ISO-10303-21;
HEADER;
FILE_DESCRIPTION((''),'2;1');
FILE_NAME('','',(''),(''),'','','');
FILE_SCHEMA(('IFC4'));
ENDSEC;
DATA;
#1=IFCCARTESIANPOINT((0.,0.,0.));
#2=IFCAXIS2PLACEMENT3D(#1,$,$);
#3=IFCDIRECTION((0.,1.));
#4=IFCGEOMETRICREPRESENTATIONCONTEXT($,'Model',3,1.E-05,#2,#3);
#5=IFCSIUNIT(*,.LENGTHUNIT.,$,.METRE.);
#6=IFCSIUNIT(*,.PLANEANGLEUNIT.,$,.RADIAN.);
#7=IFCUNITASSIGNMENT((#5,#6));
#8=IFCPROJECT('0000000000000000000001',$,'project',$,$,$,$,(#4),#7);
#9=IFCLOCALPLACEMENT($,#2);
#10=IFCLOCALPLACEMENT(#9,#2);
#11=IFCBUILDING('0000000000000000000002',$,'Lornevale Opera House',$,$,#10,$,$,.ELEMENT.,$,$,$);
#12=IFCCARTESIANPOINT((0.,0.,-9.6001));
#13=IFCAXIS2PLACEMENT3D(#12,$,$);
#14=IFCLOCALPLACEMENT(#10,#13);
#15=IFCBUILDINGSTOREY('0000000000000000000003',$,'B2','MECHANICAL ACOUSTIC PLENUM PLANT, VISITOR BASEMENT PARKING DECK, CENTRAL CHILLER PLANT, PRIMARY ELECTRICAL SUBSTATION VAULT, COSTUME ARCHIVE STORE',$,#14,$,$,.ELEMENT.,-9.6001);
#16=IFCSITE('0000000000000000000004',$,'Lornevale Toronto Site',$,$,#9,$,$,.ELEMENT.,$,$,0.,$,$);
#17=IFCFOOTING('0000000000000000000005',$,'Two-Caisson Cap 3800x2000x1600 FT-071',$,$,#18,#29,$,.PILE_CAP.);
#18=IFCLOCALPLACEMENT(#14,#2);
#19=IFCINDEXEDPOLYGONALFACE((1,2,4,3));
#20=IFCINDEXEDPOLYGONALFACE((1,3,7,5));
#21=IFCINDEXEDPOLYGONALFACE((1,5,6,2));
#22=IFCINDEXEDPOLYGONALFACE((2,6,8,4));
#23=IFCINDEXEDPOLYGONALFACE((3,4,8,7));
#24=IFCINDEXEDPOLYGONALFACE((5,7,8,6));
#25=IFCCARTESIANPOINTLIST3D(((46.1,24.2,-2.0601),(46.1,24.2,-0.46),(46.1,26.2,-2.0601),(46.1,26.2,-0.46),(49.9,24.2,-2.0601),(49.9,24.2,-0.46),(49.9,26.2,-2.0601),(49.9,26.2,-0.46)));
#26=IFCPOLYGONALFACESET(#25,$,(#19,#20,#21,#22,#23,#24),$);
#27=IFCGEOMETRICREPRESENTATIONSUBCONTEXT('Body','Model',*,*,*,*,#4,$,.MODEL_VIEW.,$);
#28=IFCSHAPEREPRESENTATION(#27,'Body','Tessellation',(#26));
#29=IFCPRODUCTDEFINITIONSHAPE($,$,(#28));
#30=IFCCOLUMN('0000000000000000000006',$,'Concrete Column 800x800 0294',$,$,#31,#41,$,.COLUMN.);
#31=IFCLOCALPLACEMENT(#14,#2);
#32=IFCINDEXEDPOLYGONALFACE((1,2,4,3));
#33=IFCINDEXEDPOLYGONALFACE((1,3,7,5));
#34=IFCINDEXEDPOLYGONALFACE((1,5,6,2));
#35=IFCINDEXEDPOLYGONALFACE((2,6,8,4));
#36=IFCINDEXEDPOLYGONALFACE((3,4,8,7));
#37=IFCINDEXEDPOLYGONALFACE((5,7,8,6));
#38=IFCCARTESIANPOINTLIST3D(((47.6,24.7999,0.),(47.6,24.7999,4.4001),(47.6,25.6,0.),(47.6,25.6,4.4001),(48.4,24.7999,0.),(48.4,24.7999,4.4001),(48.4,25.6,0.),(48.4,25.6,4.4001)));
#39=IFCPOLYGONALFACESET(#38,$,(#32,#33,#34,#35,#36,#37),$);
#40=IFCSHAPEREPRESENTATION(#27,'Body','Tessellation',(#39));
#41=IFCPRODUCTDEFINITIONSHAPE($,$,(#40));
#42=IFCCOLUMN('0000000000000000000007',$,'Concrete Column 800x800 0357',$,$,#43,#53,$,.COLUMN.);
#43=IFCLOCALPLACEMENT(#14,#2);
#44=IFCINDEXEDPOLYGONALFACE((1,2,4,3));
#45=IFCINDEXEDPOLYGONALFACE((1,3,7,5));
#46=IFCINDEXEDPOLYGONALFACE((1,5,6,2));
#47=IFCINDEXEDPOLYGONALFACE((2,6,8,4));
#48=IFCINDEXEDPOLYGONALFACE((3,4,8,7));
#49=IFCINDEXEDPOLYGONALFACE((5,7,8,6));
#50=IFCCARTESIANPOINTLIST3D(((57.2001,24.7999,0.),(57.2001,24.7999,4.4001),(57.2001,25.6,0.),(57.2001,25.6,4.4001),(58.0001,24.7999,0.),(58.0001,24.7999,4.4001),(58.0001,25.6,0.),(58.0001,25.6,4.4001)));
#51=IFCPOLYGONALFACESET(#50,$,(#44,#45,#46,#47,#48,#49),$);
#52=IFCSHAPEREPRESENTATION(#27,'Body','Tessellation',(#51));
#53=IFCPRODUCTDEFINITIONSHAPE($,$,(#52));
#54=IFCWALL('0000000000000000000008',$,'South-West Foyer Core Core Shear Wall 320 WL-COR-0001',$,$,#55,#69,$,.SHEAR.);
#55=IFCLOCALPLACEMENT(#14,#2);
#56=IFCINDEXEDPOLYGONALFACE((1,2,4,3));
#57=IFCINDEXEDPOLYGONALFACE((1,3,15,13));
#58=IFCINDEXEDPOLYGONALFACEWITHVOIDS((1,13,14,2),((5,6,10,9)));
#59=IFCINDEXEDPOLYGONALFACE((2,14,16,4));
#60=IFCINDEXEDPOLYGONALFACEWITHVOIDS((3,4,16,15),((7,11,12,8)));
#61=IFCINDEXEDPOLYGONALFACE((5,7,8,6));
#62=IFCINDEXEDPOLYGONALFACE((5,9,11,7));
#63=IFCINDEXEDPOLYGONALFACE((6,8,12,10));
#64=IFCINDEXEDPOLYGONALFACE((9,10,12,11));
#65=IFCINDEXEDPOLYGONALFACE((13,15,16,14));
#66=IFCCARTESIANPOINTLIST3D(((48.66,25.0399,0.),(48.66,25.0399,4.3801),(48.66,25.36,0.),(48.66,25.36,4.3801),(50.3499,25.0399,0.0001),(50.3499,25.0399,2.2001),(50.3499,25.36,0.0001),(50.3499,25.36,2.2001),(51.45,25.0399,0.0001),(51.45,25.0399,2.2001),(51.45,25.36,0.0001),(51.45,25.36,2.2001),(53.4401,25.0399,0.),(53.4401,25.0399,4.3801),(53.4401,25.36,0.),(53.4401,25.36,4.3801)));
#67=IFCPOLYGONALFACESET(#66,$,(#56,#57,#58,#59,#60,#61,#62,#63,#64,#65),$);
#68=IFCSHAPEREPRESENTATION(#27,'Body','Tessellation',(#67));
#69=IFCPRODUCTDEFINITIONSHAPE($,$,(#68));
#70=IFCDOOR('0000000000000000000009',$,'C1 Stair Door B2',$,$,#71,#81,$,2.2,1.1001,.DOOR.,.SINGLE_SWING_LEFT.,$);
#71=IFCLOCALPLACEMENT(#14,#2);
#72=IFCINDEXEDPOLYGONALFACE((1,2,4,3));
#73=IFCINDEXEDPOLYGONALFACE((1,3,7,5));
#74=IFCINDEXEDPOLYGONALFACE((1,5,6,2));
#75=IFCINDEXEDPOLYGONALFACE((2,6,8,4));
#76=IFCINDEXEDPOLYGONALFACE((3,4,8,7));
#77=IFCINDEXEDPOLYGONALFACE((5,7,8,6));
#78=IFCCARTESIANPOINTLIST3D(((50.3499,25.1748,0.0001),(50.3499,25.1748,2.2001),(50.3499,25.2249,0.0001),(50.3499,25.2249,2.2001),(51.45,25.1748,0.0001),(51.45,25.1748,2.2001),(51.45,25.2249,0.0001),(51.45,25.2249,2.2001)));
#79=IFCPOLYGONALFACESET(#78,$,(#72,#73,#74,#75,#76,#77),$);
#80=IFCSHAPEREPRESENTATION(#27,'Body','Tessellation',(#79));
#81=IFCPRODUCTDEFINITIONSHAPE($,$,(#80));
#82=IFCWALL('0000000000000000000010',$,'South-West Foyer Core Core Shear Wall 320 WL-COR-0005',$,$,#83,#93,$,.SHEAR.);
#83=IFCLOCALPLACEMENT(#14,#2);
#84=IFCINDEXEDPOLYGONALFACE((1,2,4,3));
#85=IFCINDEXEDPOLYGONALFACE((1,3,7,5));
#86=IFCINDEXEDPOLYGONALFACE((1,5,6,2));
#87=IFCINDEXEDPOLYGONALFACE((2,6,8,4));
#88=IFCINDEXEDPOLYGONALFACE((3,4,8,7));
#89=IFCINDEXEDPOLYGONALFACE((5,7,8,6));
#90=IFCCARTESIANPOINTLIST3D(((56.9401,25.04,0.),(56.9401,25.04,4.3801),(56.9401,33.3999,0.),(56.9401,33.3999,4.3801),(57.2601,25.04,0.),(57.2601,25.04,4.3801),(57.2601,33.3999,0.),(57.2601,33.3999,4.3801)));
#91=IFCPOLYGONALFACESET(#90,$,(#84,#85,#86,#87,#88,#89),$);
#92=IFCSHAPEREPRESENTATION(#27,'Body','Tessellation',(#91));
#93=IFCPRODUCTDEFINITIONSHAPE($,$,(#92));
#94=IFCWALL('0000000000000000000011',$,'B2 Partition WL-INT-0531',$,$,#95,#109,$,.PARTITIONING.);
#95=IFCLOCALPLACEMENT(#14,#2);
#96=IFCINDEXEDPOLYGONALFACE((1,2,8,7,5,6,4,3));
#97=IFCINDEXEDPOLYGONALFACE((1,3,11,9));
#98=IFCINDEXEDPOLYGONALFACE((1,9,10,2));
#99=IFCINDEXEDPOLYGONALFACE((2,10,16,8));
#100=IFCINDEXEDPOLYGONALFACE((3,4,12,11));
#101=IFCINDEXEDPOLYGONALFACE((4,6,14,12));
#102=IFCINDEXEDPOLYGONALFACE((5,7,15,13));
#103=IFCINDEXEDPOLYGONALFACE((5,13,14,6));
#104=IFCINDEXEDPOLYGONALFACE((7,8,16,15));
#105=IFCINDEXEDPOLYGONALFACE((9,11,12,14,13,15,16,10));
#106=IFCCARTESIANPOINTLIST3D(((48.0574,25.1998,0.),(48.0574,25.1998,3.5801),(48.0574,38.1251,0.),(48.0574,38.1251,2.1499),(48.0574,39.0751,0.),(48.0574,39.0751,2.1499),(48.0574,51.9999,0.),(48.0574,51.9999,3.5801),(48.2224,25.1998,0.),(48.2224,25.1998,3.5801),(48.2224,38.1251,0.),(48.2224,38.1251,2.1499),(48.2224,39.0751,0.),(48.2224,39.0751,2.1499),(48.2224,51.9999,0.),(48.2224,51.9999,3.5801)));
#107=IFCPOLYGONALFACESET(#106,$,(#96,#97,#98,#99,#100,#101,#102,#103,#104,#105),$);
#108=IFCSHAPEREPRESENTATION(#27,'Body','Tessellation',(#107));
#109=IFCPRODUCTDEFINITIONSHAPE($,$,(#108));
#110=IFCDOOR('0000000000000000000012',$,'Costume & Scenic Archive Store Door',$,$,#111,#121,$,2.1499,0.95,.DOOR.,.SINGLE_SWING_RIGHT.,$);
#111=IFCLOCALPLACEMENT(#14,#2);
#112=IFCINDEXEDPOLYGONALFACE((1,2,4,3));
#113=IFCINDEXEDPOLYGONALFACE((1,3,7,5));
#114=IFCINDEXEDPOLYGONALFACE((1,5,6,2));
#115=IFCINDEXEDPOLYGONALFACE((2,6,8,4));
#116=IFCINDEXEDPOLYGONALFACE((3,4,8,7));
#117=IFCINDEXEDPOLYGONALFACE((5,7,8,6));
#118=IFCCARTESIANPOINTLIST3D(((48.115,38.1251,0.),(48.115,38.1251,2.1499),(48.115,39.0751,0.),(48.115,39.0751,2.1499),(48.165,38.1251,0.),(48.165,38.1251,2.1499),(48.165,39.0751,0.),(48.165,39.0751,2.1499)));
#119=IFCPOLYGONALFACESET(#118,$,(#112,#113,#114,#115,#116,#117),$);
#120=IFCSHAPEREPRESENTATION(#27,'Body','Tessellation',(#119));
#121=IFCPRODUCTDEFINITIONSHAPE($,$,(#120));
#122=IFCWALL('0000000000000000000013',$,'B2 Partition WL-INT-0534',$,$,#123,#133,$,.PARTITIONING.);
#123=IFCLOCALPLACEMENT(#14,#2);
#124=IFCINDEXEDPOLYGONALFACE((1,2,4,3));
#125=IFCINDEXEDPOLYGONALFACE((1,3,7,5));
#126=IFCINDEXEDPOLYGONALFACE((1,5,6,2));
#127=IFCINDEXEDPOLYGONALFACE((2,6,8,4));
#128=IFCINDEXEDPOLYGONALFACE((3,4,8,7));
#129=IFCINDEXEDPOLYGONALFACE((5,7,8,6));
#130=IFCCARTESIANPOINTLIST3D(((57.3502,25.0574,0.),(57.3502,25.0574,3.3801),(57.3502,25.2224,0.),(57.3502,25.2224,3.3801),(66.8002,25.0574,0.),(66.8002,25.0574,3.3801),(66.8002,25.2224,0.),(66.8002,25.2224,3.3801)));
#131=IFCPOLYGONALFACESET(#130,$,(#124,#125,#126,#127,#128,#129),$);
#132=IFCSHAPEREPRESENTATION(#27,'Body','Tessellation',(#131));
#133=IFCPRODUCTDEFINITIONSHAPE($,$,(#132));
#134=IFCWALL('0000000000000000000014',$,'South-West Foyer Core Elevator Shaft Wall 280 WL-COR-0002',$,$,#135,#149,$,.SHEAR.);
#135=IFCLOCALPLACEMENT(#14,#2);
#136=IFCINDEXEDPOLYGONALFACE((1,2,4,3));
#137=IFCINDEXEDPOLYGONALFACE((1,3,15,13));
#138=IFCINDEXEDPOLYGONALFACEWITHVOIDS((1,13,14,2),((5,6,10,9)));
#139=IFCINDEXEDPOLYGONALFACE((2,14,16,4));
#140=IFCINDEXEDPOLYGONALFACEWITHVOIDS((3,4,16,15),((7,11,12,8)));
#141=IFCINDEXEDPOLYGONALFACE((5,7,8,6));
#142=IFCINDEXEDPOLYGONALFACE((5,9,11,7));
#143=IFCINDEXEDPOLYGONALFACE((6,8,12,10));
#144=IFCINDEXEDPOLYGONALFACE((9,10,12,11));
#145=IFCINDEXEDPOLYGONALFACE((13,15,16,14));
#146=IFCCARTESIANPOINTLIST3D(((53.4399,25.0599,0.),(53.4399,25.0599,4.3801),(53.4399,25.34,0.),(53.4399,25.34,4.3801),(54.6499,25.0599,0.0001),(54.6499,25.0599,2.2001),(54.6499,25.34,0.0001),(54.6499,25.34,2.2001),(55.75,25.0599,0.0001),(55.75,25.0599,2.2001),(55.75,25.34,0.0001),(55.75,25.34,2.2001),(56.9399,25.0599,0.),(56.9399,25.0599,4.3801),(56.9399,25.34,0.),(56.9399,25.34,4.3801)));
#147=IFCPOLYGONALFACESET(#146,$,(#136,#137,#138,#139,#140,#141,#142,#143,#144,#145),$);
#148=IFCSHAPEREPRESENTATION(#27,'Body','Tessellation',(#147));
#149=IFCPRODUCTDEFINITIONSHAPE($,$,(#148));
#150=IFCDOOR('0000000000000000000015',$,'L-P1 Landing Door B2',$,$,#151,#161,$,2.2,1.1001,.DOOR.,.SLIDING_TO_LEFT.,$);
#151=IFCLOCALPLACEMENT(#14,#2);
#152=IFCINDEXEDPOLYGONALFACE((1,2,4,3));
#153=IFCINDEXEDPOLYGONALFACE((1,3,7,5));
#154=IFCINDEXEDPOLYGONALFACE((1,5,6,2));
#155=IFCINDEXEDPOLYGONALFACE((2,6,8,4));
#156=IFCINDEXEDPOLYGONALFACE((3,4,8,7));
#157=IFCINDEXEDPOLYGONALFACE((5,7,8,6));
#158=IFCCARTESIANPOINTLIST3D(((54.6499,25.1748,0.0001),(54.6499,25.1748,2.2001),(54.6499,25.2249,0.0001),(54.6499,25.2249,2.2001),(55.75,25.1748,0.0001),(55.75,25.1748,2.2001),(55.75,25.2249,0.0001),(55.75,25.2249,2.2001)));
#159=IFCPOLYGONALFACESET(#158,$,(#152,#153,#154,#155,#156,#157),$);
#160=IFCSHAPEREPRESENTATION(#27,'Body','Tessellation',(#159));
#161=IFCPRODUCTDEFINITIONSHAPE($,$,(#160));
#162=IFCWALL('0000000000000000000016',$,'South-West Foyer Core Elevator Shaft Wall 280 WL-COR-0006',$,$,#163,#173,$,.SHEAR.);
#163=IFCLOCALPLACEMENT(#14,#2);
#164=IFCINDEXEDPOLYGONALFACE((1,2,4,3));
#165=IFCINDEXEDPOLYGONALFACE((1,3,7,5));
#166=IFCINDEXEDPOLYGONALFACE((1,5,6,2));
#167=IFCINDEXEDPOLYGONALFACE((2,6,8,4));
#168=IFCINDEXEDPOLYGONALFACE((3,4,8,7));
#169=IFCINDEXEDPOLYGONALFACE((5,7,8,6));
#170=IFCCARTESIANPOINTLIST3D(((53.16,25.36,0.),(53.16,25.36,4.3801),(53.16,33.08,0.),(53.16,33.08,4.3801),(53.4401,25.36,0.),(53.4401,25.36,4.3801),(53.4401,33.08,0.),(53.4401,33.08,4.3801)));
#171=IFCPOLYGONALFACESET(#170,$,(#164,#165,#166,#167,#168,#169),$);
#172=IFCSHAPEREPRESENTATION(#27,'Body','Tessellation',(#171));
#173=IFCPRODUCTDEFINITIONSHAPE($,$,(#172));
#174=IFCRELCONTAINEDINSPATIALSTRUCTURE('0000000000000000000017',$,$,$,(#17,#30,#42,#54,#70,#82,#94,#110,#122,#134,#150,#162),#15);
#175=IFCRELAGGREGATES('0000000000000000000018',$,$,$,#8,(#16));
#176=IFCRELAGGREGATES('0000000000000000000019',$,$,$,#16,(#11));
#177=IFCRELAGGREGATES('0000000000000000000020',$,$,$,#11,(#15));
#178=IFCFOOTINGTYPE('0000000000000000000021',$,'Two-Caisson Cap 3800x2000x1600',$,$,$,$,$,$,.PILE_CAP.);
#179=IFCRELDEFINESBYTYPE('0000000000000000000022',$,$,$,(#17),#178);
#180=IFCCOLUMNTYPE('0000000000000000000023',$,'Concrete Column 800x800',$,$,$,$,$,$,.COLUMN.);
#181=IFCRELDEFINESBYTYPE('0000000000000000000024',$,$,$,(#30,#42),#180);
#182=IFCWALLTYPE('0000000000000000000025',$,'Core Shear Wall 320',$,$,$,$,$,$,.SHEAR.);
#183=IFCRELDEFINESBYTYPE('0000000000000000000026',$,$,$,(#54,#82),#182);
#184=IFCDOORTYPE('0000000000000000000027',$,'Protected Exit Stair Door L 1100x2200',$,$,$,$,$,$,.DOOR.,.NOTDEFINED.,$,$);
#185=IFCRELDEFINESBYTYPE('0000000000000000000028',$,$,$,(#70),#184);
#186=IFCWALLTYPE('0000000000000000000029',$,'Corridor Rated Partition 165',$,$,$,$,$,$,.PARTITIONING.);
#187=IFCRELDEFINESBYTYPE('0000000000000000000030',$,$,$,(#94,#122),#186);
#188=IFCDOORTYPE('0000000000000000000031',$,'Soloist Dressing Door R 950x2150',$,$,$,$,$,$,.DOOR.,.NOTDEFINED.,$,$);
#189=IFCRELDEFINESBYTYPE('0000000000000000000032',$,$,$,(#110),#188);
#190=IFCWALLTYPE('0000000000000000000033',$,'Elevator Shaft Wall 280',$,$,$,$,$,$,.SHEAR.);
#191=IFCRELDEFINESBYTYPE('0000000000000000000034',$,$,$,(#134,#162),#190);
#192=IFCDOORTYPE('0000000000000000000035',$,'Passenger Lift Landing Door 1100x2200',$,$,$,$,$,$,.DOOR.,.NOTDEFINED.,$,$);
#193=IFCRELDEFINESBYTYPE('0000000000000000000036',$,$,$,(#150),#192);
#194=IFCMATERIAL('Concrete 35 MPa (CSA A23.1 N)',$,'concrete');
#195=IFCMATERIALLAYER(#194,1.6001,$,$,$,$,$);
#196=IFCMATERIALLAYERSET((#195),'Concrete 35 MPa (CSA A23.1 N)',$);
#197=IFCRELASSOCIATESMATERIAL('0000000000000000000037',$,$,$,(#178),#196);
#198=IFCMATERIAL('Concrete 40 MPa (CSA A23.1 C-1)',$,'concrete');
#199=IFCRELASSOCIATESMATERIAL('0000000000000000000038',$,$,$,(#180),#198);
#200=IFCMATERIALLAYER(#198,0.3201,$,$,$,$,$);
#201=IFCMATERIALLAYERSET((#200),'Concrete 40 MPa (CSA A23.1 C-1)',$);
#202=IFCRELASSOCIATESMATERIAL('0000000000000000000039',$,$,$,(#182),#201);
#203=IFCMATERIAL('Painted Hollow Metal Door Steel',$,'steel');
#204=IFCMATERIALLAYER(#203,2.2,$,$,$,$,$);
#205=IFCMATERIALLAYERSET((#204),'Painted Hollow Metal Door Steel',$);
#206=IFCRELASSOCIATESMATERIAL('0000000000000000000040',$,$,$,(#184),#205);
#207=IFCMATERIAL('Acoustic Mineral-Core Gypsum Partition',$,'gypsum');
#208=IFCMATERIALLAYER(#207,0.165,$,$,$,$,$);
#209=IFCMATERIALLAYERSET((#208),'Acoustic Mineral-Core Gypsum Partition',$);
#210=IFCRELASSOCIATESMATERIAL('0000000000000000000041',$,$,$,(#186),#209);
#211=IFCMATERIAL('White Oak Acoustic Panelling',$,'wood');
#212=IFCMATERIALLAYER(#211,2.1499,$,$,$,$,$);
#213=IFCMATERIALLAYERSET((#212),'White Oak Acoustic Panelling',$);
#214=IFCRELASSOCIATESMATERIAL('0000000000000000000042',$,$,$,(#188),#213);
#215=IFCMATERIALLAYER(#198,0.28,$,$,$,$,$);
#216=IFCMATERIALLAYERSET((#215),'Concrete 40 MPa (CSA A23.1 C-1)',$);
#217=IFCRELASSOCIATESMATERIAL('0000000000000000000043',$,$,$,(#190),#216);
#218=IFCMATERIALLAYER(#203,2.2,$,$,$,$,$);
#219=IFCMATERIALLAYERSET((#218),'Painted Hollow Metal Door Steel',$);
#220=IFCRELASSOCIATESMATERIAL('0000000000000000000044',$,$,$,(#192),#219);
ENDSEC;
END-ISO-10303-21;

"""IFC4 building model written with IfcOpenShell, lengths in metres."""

from ifc_helpers import new_model, si_unit, direction, frame, frame_2d, origin, origin_2d, place, context, subcontext, project, spatial, rectangle, extrude, material, layer, layer_set, material_profile, profile_set, type_object, element, fill, save


model = new_model("IFC4")

# Units and contexts
model_context = context("Model", 3, precision=1e-05, world=origin(), true_north=direction((0.0, 1.0)))
body_context = subcontext(model_context, "Body", "Model", "MODEL_VIEW")
ifc_project = project(units=[si_unit("LENGTHUNIT", "METRE"), si_unit("PLANEANGLEUNIT", "RADIAN")], contexts=[model_context])

# Site, building, storey
site_placement = place(None, origin())
site = spatial("IfcSite", under=ifc_project, at=site_placement, Name="Lornevale Toronto Site", CompositionType="ELEMENT", RefElevation=0.0)
building_placement = place(site_placement, origin())
building = spatial("IfcBuilding", under=site, at=building_placement, Name="Lornevale Opera House", CompositionType="ELEMENT")
storey_placement = place(building_placement, frame((0.0, 0.0, -9.6001)))
storey = spatial("IfcBuildingStorey", under=building, at=storey_placement, Name="B2", Description="MECHANICAL ACOUSTIC PLENUM PLANT, VISITOR BASEMENT PARKING DECK, CENTRAL CHILLER PLANT, PRIMARY ELECTRICAL SUBSTATION VAULT, COSTUME ARCHIVE STORE", CompositionType="ELEMENT", Elevation=-9.6001)

# Shared definitions
ifc_material_1 = material(Name="Concrete 40 MPa (CSA A23.1 C-1)", Category="concrete")

# Footing
ifc_material_2 = material(Name="Concrete 35 MPa (CSA A23.1 N)", Category="concrete")
ifc_layer_1 = layer(ifc_material_2, 1.6001)
ifc_layer_set_1 = layer_set([ifc_layer_1], Name="Concrete 35 MPa (CSA A23.1 N)")
footing_type_1 = type_object("IfcFootingType", Name="Two-Caisson Cap 3800x2000x1600", PredefinedType="PILE_CAP", material=ifc_layer_set_1)
footing_1_placement = place(storey_placement, frame((48.0, 25.2, -2.0601), z_axis=(0.0, 0.0, 1.0), x_axis=(1.0, 0.0, 0.0)))
element("IfcFooting", 1, at=footing_1_placement, inside=storey, type_object=footing_type_1, Name="Two-Caisson Cap 3800x2000x1600 FT-071", PredefinedType="PILE_CAP", context=body_context, shape_type="SweptSolid", body=[
    extrude(rectangle(XDim=3.8, YDim=2.0, at=origin_2d()), origin(), (0.0, 0.0, 1.0), 1.6001),
])

# Columns
ifc_material_profile_1 = material_profile(ifc_material_1, rectangle(XDim=0.8, YDim=0.8, at=origin_2d()), Name="RC800x800")
ifc_profile_set_1 = profile_set([ifc_material_profile_1], Name="Concrete 40 MPa (CSA A23.1 C-1)")
column_type = type_object("IfcColumnType", Name="Concrete Column 800x800", PredefinedType="COLUMN", material=ifc_profile_set_1)
for number, where, z_axis, x_axis, name in (
    (2, (48.0, 25.2, 0.0), (0.0, 0.0, 1.0), (1.0, 0.0, 0.0), "Concrete Column 800x800 0294"),
    (3, (57.6001, 25.2, 0.0), (0.0, 0.0, 1.0), (1.0, 0.0, 0.0), "Concrete Column 800x800 0357"),
):
    element("IfcColumn", number, at=place(storey_placement, frame(where, z_axis=z_axis, x_axis=x_axis)), inside=storey, type_object=column_type, Name=name, PredefinedType="COLUMN", context=body_context, shape_type="SweptSolid", body=[
        extrude(rectangle(XDim=0.8, YDim=0.8, at=origin_2d()), origin(), (0.0, 0.0, 1.0), 4.4001),
    ])

# Wall, opening, door
ifc_layer_2 = layer(ifc_material_1, 0.3201)
ifc_layer_set_2 = layer_set([ifc_layer_2], Name="Concrete 40 MPa (CSA A23.1 C-1)")
wall_type_1 = type_object("IfcWallType", Name="Core Shear Wall 320", PredefinedType="SHEAR", material=ifc_layer_set_2)
wall_1_placement = place(storey_placement, frame((48.6599, 25.2, 0.0), z_axis=(0.0, 0.0, 1.0), x_axis=(1.0, 0.0, 0.0)))
wall_1 = element("IfcWall", 4, at=wall_1_placement, inside=storey, type_object=wall_type_1, Name="South-West Foyer Core Core Shear Wall 320 WL-COR-0001", PredefinedType="SHEAR", context=body_context, shape_type="SweptSolid", body=[
    extrude(rectangle(XDim=4.78, YDim=0.3201, at=frame_2d((2.3901, 0.0))), origin(), (0.0, 0.0, 1.0), 4.3801),
])
opening_1_placement = place(wall_1_placement, frame((1.6899, 0.0, 0.0)))
opening_1 = element("IfcOpeningElement", 5, at=opening_1_placement, cuts=wall_1, PredefinedType="OPENING", context=body_context, shape_type="SweptSolid", body=[
    extrude(rectangle(XDim=1.1001, YDim=2.2, at=frame_2d((0.55, 1.1001))), frame((0.0, 0.1699, 0.0), z_axis=(0.0, -1.0, 0.0), x_axis=(1.0, 0.0, 0.0)), (0.0, 0.0, 1.0), 0.3401),
])
ifc_material_3 = material(Name="Painted Hollow Metal Door Steel", Category="steel")
ifc_layer_3 = layer(ifc_material_3, 2.2)
ifc_layer_set_3 = layer_set([ifc_layer_3], Name="Painted Hollow Metal Door Steel")
door_type_1 = type_object("IfcDoorType", Name="Protected Exit Stair Door L 1100x2200", OperationType="NOTDEFINED", PredefinedType="DOOR", material=ifc_layer_set_3)
door_1_placement = place(opening_1_placement, origin())
door_1 = element("IfcDoor", 6, at=door_1_placement, inside=storey, type_object=door_type_1, Name="C1 Stair Door B2", OperationType="SINGLE_SWING_LEFT", OverallHeight=2.2, OverallWidth=1.1001, PredefinedType="DOOR", context=body_context, shape_type="SweptSolid", body=[
    extrude(rectangle(XDim=1.1001, YDim=2.2, at=frame_2d((0.55, 1.1001))), frame((0.0, 0.0249, 0.0), z_axis=(0.0, -1.0, 0.0), x_axis=(1.0, 0.0, 0.0)), (0.0, 0.0, 1.0), 0.05),
])
fill(opening_1, door_1)

# Wall
wall_2_placement = place(storey_placement, frame((57.1001, 25.04, 0.0), z_axis=(0.0, 0.0, 1.0), x_axis=(0.0, 1.0, 0.0)))
element("IfcWall", 7, at=wall_2_placement, inside=storey, type_object=wall_type_1, Name="South-West Foyer Core Core Shear Wall 320 WL-COR-0005", PredefinedType="SHEAR", context=body_context, shape_type="SweptSolid", body=[
    extrude(rectangle(XDim=8.3599, YDim=0.3201, at=frame_2d((4.1799, 0.0))), origin(), (0.0, 0.0, 1.0), 4.3801),
])

# Wall, opening, door
ifc_material_4 = material(Name="Acoustic Mineral-Core Gypsum Partition", Category="gypsum")
ifc_layer_4 = layer(ifc_material_4, 0.165)
ifc_layer_set_4 = layer_set([ifc_layer_4], Name="Acoustic Mineral-Core Gypsum Partition")
wall_type_2 = type_object("IfcWallType", Name="Corridor Rated Partition 165", PredefinedType="PARTITIONING", material=ifc_layer_set_4)
wall_3_placement = place(storey_placement, frame((48.1399, 25.2, 0.0), z_axis=(0.0, 0.0, 1.0), x_axis=(0.0, 1.0, 0.0)))
wall_3 = element("IfcWall", 8, at=wall_3_placement, inside=storey, type_object=wall_type_2, Name="B2 Partition WL-INT-0531", PredefinedType="PARTITIONING", context=body_context, shape_type="SweptSolid", body=[
    extrude(rectangle(XDim=26.8, YDim=0.165, at=frame_2d((13.3999, 0.0))), origin(), (0.0, 0.0, 1.0), 3.5801),
])
opening_2_placement = place(wall_3_placement, frame((12.925, 0.0, 0.0)))
opening_2 = element("IfcOpeningElement", 9, at=opening_2_placement, cuts=wall_3, PredefinedType="OPENING", context=body_context, shape_type="SweptSolid", body=[
    extrude(rectangle(XDim=0.95, YDim=2.1499, at=frame_2d((0.4751, 1.075))), frame((0.0, 0.0925, 0.0), z_axis=(0.0, -1.0, 0.0), x_axis=(1.0, 0.0, 0.0)), (0.0, 0.0, 1.0), 0.1851),
])
ifc_material_5 = material(Name="White Oak Acoustic Panelling", Category="wood")
ifc_layer_5 = layer(ifc_material_5, 2.1499)
ifc_layer_set_5 = layer_set([ifc_layer_5], Name="White Oak Acoustic Panelling")
door_type_2 = type_object("IfcDoorType", Name="Soloist Dressing Door R 950x2150", OperationType="NOTDEFINED", PredefinedType="DOOR", material=ifc_layer_set_5)
door_2_placement = place(opening_2_placement, origin())
door_2 = element("IfcDoor", 10, at=door_2_placement, inside=storey, type_object=door_type_2, Name="Costume & Scenic Archive Store Door", OperationType="SINGLE_SWING_RIGHT", OverallHeight=2.1499, OverallWidth=0.95, PredefinedType="DOOR", context=body_context, shape_type="SweptSolid", body=[
    extrude(rectangle(XDim=0.95, YDim=2.1499, at=frame_2d((0.4751, 1.075))), frame((0.0, 0.0249, 0.0), z_axis=(0.0, -1.0, 0.0), x_axis=(1.0, 0.0, 0.0)), (0.0, 0.0, 1.0), 0.05),
])
fill(opening_2, door_2)

# Wall
wall_4_placement = place(storey_placement, frame((57.3501, 25.1399, 0.0), z_axis=(0.0, 0.0, 1.0), x_axis=(1.0, 0.0, 0.0)))
element("IfcWall", 11, at=wall_4_placement, inside=storey, type_object=wall_type_2, Name="B2 Partition WL-INT-0534", PredefinedType="PARTITIONING", context=body_context, shape_type="SweptSolid", body=[
    extrude(rectangle(XDim=9.45, YDim=0.165, at=frame_2d((4.7251, 0.0))), origin(), (0.0, 0.0, 1.0), 3.3801),
])

# Wall, opening, door
ifc_layer_6 = layer(ifc_material_1, 0.28)
ifc_layer_set_6 = layer_set([ifc_layer_6], Name="Concrete 40 MPa (CSA A23.1 C-1)")
wall_type_3 = type_object("IfcWallType", Name="Elevator Shaft Wall 280", PredefinedType="SHEAR", material=ifc_layer_set_6)
wall_5_placement = place(storey_placement, frame((53.4399, 25.2, 0.0), z_axis=(0.0, 0.0, 1.0), x_axis=(1.0, 0.0, 0.0)))
wall_5 = element("IfcWall", 12, at=wall_5_placement, inside=storey, type_object=wall_type_3, Name="South-West Foyer Core Elevator Shaft Wall 280 WL-COR-0002", PredefinedType="SHEAR", context=body_context, shape_type="SweptSolid", body=[
    extrude(rectangle(XDim=3.5, YDim=0.28, at=frame_2d((1.75, 0.0))), origin(), (0.0, 0.0, 1.0), 4.3801),
])
opening_3_placement = place(wall_5_placement, frame((1.21, 0.0, 0.0)))
opening_3 = element("IfcOpeningElement", 13, at=opening_3_placement, cuts=wall_5, PredefinedType="OPENING", context=body_context, shape_type="SweptSolid", body=[
    extrude(rectangle(XDim=1.1001, YDim=2.2, at=frame_2d((0.55, 1.1001))), frame((0.0, 0.1499, 0.0), z_axis=(0.0, -1.0, 0.0), x_axis=(1.0, 0.0, 0.0)), (0.0, 0.0, 1.0), 0.3),
])
ifc_layer_7 = layer(ifc_material_3, 2.2)
ifc_layer_set_7 = layer_set([ifc_layer_7], Name="Painted Hollow Metal Door Steel")
door_type_3 = type_object("IfcDoorType", Name="Passenger Lift Landing Door 1100x2200", OperationType="NOTDEFINED", PredefinedType="DOOR", material=ifc_layer_set_7)
door_3_placement = place(opening_3_placement, origin())
door_3 = element("IfcDoor", 14, at=door_3_placement, inside=storey, type_object=door_type_3, Name="L-P1 Landing Door B2", OperationType="SLIDING_TO_LEFT", OverallHeight=2.2, OverallWidth=1.1001, PredefinedType="DOOR", context=body_context, shape_type="SweptSolid", body=[
    extrude(rectangle(XDim=1.1001, YDim=2.2, at=frame_2d((0.55, 1.1001))), frame((0.0, 0.0249, 0.0), z_axis=(0.0, -1.0, 0.0), x_axis=(1.0, 0.0, 0.0)), (0.0, 0.0, 1.0), 0.05),
])
fill(opening_3, door_3)

# Wall
wall_6_placement = place(storey_placement, frame((53.3, 25.3601, 0.0), z_axis=(0.0, 0.0, 1.0), x_axis=(0.0, 1.0, 0.0)))
element("IfcWall", 15, at=wall_6_placement, inside=storey, type_object=wall_type_3, Name="South-West Foyer Core Elevator Shaft Wall 280 WL-COR-0006", PredefinedType="SHEAR", context=body_context, shape_type="SweptSolid", body=[
    extrude(rectangle(XDim=7.72, YDim=0.28, at=frame_2d((3.8599, 0.0))), origin(), (0.0, 0.0, 1.0), 4.3801),
])

save(model, "model.ifc")
